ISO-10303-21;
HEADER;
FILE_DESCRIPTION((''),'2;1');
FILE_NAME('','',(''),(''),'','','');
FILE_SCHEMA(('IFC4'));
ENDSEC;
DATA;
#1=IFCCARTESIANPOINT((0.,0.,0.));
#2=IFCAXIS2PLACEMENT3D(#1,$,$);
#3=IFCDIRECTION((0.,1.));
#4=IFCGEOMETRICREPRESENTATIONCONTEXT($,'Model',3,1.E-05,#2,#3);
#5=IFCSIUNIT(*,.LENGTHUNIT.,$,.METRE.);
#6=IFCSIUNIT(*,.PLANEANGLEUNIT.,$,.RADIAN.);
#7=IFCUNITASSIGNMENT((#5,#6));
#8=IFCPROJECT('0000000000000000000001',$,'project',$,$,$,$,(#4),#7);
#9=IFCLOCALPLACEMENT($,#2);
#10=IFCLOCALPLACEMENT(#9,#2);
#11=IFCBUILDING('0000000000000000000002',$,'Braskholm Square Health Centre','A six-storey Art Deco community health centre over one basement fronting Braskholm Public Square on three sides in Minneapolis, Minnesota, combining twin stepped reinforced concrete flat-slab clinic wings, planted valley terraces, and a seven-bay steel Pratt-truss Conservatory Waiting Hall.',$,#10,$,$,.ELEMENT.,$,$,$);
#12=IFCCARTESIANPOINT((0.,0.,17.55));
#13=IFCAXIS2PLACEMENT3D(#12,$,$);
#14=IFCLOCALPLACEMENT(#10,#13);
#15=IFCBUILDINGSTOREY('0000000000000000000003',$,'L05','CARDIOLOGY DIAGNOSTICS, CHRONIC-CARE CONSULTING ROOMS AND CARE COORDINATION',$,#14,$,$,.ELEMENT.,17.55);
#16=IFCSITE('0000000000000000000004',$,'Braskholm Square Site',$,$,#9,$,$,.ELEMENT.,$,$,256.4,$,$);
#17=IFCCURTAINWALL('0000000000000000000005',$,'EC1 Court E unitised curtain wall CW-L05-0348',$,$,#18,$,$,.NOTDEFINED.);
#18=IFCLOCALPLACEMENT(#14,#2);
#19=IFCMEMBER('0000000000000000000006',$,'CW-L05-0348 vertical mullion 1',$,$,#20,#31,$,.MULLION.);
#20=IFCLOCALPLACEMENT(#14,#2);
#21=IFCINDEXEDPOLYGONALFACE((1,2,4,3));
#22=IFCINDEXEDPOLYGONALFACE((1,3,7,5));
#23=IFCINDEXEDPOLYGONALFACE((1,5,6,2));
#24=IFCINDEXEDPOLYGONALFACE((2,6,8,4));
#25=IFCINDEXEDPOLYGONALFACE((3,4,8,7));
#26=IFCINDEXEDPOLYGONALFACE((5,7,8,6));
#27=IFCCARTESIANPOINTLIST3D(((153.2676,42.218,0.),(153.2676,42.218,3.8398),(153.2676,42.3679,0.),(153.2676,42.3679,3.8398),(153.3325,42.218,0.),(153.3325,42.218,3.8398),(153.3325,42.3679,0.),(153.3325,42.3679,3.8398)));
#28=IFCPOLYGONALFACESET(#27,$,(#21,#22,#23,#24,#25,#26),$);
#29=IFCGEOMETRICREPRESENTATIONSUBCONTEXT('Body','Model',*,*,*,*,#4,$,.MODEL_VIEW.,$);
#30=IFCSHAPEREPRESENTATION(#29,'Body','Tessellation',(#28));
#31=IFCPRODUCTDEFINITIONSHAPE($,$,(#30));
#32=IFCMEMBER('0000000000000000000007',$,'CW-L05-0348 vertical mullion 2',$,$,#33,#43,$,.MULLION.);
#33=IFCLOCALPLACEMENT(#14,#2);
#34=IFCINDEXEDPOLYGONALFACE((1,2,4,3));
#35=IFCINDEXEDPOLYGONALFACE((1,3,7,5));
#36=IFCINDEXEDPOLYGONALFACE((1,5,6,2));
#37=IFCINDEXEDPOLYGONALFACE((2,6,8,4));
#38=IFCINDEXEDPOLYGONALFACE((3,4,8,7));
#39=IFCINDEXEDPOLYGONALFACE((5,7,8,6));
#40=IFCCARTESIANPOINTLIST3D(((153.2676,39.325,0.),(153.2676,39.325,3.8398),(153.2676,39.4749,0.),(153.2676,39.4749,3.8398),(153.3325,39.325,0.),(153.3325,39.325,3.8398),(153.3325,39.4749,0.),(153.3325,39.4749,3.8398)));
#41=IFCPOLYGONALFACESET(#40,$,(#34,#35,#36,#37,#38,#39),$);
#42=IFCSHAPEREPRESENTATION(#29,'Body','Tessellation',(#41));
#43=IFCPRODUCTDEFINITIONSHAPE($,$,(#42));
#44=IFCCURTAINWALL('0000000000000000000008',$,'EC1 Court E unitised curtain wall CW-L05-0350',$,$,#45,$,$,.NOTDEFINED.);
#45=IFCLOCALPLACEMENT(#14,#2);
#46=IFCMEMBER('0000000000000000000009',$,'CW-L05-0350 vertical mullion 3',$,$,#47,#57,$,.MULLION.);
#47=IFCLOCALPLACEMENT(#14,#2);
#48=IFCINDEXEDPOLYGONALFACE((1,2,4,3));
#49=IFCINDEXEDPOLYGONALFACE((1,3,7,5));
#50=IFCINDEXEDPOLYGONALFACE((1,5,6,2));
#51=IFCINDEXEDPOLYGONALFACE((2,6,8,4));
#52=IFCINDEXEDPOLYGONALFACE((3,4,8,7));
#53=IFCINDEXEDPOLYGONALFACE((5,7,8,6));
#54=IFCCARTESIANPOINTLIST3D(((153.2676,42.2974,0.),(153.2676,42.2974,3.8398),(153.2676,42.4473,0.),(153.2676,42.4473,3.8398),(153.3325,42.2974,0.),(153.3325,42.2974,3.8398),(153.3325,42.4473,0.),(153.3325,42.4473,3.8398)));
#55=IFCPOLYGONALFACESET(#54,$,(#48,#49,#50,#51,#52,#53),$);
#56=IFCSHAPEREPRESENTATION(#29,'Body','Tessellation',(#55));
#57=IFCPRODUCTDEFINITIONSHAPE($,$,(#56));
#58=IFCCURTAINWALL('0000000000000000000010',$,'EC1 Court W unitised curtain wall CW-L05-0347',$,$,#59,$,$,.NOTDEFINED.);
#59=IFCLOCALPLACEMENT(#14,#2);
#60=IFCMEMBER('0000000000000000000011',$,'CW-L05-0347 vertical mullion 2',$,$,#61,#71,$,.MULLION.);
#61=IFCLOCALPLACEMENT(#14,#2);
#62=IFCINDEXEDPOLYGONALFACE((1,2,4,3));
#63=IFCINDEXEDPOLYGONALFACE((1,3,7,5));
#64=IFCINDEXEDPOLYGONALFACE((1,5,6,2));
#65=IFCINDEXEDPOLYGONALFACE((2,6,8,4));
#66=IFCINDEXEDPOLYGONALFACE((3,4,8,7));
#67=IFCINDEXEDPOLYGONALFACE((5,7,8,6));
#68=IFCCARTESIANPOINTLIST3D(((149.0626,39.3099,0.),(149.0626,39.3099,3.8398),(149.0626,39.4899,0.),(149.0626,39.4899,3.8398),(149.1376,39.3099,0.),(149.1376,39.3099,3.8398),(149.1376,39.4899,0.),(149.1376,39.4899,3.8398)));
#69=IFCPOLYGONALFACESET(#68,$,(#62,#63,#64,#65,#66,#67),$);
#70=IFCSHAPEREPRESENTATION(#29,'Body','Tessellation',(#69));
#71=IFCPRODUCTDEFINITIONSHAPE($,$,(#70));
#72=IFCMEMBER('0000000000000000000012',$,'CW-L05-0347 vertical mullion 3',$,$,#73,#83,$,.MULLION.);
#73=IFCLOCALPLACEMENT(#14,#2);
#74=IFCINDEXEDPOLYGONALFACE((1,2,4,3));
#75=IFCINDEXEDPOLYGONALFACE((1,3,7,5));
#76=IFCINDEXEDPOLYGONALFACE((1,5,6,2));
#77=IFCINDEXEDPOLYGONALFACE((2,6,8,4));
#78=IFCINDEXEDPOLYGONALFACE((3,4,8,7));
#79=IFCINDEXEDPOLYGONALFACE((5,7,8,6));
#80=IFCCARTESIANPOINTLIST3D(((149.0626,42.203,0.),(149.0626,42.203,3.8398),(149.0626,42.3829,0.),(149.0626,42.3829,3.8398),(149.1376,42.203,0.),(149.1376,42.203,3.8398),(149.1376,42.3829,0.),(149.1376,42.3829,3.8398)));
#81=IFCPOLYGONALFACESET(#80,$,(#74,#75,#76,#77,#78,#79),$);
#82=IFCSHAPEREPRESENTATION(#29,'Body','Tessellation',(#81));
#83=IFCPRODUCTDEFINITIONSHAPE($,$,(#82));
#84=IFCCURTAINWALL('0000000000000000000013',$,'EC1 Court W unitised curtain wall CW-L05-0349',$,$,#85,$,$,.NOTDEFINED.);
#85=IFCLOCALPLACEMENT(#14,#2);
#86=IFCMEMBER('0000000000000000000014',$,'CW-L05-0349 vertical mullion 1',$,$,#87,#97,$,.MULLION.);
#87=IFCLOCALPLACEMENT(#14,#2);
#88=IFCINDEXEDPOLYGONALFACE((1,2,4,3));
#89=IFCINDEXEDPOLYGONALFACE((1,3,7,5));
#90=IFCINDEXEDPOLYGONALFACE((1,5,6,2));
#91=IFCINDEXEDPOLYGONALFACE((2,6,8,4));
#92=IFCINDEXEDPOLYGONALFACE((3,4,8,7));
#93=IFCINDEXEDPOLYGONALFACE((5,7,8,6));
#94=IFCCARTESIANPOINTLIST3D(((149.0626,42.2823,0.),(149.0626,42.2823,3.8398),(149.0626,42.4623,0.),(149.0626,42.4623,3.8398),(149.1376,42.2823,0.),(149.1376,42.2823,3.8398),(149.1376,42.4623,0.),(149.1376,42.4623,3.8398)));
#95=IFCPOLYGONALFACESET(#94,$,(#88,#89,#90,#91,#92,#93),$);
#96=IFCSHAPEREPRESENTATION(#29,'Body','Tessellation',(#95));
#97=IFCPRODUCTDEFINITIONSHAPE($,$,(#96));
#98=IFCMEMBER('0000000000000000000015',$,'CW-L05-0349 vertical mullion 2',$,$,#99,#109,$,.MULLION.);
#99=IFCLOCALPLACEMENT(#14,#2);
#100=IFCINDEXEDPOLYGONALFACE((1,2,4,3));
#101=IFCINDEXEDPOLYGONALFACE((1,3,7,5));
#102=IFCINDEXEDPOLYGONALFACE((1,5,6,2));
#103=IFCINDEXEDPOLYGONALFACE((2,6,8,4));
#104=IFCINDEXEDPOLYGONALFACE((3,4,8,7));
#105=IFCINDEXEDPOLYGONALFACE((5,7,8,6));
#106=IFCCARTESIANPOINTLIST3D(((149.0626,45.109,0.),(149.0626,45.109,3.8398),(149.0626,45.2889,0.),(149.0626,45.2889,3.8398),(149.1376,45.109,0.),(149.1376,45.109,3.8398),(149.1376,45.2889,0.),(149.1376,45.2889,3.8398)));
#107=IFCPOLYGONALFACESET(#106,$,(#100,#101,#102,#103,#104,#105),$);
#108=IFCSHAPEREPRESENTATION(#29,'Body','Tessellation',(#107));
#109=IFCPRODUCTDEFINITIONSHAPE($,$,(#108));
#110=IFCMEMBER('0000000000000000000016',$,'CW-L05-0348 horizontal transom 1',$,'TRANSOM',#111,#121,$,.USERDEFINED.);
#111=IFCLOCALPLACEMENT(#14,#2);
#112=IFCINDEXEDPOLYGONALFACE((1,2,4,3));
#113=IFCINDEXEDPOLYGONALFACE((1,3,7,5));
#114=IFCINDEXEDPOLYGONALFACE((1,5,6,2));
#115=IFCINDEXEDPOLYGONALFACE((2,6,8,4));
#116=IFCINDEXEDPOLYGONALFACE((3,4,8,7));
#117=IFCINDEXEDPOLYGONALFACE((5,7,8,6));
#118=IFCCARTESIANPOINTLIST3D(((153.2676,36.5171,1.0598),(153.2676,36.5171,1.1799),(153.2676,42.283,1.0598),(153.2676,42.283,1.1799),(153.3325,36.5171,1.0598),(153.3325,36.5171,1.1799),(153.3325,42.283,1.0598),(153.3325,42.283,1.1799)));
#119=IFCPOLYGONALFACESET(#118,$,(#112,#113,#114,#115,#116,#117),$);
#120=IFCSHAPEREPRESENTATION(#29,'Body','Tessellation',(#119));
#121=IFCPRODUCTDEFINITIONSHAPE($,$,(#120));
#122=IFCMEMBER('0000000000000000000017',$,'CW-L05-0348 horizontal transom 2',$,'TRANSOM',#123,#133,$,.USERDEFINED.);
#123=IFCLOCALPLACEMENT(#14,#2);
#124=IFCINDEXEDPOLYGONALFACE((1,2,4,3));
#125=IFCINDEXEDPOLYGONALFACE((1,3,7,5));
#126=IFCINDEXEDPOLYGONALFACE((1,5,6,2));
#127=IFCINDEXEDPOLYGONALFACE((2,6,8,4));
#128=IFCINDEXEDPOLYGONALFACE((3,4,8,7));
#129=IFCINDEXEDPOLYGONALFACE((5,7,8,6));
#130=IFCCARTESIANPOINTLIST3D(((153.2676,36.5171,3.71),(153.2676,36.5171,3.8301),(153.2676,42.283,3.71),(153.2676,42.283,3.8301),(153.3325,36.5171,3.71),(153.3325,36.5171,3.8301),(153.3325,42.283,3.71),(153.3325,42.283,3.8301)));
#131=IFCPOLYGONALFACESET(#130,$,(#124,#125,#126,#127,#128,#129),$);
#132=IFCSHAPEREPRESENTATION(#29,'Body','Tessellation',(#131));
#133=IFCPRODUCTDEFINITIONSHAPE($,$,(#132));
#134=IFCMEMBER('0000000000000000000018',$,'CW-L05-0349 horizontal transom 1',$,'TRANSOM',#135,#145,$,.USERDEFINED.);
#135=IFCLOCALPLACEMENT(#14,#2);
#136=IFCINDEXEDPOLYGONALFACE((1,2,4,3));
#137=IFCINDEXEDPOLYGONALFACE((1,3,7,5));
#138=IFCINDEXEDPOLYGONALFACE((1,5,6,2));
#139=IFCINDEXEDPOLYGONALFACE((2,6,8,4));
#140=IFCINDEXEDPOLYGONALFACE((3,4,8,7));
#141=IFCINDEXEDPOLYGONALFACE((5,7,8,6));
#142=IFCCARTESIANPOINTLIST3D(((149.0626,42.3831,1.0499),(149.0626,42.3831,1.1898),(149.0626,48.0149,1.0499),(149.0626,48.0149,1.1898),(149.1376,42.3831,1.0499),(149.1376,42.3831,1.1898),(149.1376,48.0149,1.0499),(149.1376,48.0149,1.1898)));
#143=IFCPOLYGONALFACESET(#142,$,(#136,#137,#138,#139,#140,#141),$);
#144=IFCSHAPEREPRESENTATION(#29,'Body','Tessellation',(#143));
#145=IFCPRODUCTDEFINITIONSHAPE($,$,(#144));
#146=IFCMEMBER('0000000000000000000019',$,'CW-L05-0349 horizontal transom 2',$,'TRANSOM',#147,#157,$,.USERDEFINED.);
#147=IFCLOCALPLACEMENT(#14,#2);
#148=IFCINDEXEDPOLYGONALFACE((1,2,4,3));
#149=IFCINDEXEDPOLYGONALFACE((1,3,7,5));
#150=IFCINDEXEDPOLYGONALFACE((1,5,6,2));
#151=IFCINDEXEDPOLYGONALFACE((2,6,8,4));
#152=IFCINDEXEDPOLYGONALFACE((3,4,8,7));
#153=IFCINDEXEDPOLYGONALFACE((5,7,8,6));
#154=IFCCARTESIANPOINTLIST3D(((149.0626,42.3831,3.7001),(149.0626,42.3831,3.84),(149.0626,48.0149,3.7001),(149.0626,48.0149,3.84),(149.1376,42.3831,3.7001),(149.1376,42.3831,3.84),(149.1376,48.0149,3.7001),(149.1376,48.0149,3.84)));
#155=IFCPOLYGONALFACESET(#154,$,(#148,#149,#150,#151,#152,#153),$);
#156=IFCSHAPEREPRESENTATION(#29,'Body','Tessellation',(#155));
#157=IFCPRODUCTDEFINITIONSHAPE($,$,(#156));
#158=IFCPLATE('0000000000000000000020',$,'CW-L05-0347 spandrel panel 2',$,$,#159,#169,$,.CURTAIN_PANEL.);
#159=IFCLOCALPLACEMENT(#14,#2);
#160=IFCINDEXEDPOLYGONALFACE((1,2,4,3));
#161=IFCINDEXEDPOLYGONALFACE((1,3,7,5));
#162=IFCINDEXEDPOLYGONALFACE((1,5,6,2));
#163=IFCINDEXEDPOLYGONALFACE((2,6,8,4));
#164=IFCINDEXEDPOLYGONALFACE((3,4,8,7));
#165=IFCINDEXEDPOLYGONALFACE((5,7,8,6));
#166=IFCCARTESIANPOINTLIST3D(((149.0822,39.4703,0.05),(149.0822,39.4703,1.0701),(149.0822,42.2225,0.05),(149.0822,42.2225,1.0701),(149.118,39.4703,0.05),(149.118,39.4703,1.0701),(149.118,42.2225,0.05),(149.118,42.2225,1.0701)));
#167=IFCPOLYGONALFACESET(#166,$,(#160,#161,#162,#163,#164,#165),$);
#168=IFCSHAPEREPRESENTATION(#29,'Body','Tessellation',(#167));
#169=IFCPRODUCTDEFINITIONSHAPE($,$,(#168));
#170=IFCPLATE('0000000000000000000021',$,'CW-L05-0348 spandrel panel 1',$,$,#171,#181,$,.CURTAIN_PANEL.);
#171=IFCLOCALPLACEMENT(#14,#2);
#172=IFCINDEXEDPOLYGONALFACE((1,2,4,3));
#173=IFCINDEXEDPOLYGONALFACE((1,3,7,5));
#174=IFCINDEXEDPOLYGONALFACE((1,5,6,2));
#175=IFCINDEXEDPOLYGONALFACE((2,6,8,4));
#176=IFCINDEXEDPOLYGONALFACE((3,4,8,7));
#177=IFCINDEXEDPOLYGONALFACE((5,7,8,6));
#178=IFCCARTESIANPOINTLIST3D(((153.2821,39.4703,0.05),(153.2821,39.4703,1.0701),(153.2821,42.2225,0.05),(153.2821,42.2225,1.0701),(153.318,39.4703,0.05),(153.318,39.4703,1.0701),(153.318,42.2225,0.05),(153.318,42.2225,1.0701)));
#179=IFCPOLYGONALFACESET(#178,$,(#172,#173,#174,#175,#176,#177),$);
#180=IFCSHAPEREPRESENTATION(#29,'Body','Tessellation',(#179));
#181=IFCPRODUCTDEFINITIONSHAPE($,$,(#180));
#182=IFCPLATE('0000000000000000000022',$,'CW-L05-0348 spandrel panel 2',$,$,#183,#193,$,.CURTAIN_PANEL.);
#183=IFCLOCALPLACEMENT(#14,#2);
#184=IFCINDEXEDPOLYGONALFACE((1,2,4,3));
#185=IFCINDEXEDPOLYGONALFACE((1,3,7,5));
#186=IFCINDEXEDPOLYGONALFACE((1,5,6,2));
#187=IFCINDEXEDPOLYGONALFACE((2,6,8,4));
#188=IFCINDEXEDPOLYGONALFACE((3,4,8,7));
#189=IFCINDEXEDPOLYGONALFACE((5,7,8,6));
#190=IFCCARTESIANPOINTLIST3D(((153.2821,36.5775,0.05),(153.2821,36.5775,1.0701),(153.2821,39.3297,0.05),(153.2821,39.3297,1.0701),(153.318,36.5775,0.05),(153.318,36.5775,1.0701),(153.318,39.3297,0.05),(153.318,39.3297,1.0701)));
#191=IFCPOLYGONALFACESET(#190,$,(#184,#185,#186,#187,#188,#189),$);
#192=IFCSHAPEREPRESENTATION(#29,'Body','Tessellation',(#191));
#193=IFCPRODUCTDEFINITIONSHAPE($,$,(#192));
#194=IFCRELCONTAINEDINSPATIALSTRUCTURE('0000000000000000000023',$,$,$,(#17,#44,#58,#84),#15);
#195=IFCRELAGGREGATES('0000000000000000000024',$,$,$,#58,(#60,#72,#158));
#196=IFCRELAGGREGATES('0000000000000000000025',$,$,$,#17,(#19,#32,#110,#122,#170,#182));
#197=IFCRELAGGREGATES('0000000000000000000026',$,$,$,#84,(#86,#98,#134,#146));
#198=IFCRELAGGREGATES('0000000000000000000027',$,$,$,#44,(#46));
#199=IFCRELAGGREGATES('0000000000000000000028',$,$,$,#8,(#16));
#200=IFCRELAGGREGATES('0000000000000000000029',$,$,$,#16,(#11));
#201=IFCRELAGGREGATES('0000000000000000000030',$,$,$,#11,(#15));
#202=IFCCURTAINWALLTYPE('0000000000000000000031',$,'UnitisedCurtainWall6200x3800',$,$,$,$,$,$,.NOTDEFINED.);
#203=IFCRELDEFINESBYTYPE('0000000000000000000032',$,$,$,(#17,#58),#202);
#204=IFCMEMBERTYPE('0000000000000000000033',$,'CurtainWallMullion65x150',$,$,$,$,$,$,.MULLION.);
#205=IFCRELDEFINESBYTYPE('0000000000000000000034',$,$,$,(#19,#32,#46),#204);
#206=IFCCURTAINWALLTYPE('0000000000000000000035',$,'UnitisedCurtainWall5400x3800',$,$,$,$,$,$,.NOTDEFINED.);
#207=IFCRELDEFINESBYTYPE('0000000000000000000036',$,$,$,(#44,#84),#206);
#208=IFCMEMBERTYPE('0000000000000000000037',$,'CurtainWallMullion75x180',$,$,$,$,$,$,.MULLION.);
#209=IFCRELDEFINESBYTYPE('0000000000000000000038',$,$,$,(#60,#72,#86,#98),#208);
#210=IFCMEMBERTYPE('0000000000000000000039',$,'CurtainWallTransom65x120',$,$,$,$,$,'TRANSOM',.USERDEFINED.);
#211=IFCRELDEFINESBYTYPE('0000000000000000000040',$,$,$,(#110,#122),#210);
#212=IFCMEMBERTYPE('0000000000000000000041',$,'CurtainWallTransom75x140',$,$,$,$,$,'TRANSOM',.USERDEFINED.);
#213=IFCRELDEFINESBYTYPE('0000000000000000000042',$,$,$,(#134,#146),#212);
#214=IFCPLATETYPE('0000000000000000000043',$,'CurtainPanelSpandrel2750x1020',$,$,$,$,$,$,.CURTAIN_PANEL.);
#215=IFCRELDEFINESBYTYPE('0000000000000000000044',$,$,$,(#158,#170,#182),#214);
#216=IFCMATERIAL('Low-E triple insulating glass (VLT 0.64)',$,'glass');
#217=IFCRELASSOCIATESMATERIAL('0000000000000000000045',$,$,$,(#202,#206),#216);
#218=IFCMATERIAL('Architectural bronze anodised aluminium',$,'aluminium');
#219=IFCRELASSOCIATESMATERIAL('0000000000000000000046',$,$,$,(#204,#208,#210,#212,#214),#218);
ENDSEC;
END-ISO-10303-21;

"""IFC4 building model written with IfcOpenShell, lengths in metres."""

from ifc_helpers import new_model, si_unit, direction, frame, origin, origin_2d, place, context, subcontext, project, spatial, rectangle, extrude, material, material_profile, profile_set, type_object, element, aggregate, save


model = new_model("IFC4")

# Units and contexts
model_context = context("Model", 3, precision=1e-05, world=origin(), true_north=direction((0.0, 1.0)))
body_context = subcontext(model_context, "Body", "Model", "MODEL_VIEW")
ifc_project = project(units=[si_unit("LENGTHUNIT", "METRE"), si_unit("PLANEANGLEUNIT", "RADIAN")], contexts=[model_context])

# Site, building, storey
site_placement = place(None, origin())
site = spatial("IfcSite", under=ifc_project, at=site_placement, Name="Braskholm Square Site", CompositionType="ELEMENT", RefElevation=256.4)
building_placement = place(site_placement, origin())
building = spatial("IfcBuilding", under=site, at=building_placement, Name="Braskholm Square Health Centre", Description="A six-storey Art Deco community health centre over one basement fronting Braskholm Public Square on three sides in Minneapolis, Minnesota, combining twin stepped reinforced concrete flat-slab clinic wings, planted valley terraces, and a seven-bay steel Pratt-truss Conservatory Waiting Hall.", CompositionType="ELEMENT")
storey_placement = place(building_placement, frame((0.0, 0.0, 17.55)))
storey = spatial("IfcBuildingStorey", under=building, at=storey_placement, Name="L05", Description="CARDIOLOGY DIAGNOSTICS, CHRONIC-CARE CONSULTING ROOMS AND CARE COORDINATION", CompositionType="ELEMENT", Elevation=17.55)

# Curtain wall, members
ifc_material_1 = material(Name="Low-E triple insulating glass (VLT 0.64)", Category="glass")
curtain_wall_type_1 = type_object("IfcCurtainWallType", Name="UnitisedCurtainWall6200x3800", PredefinedType="NOTDEFINED", material=ifc_material_1)
curtain_wall_1_placement = place(storey_placement, origin())
curtain_wall_1 = element("IfcCurtainWall", 1, at=curtain_wall_1_placement, inside=storey, type_object=curtain_wall_type_1, Name="EC1 Court E unitised curtain wall CW-L05-0348", PredefinedType="NOTDEFINED")
ifc_material_2 = material(Name="Architectural bronze anodised aluminium", Category="aluminium")
ifc_material_profile_1 = material_profile(ifc_material_2, rectangle(XDim=0.0649, YDim=0.1499, at=origin_2d()), Name="ALU-65X150")
ifc_profile_set_1 = profile_set([ifc_material_profile_1], Name="Architectural bronze anodised aluminium")
member_type_1 = type_object("IfcMemberType", Name="CurtainWallMullion65x150", PredefinedType="MULLION", material=ifc_profile_set_1)
member_1_placement = place(storey_placement, frame((153.3, 42.293, 0.0), z_axis=(0.0, 0.0, 1.0), x_axis=(1.0, 0.0, 0.0)))
member_1 = element("IfcMember", 2, at=member_1_placement, type_object=member_type_1, Name="CW-L05-0348 vertical mullion 1", PredefinedType="MULLION", context=body_context, shape_type="SweptSolid", body=[
    extrude(rectangle(XDim=0.0649, YDim=0.1499, at=origin_2d()), origin(), (0.0, 0.0, 1.0), 3.8398),
])
member_2_placement = place(storey_placement, frame((153.3, 39.3999, 0.0), z_axis=(0.0, 0.0, 1.0), x_axis=(1.0, 0.0, 0.0)))
member_2 = element("IfcMember", 3, at=member_2_placement, type_object=member_type_1, Name="CW-L05-0348 vertical mullion 2", PredefinedType="MULLION", context=body_context, shape_type="SweptSolid", body=[
    extrude(rectangle(XDim=0.0649, YDim=0.1499, at=origin_2d()), origin(), (0.0, 0.0, 1.0), 3.8398),
])

# Curtain wall, member
curtain_wall_type_2 = type_object("IfcCurtainWallType", Name="UnitisedCurtainWall5400x3800", PredefinedType="NOTDEFINED", material=ifc_material_1)
curtain_wall_2_placement = place(storey_placement, origin())
curtain_wall_2 = element("IfcCurtainWall", 4, at=curtain_wall_2_placement, inside=storey, type_object=curtain_wall_type_2, Name="EC1 Court E unitised curtain wall CW-L05-0350", PredefinedType="NOTDEFINED")
member_3_placement = place(storey_placement, frame((153.3, 42.3723, 0.0), z_axis=(0.0, 0.0, 1.0), x_axis=(1.0, 0.0, 0.0)))
member_3 = element("IfcMember", 5, at=member_3_placement, type_object=member_type_1, Name="CW-L05-0350 vertical mullion 3", PredefinedType="MULLION", context=body_context, shape_type="SweptSolid", body=[
    extrude(rectangle(XDim=0.0649, YDim=0.1499, at=origin_2d()), origin(), (0.0, 0.0, 1.0), 3.8398),
])

# Curtain walls, members
curtain_wall_3_placement = place(storey_placement, origin())
curtain_wall_3 = element("IfcCurtainWall", 6, at=curtain_wall_3_placement, inside=storey, type_object=curtain_wall_type_1, Name="EC1 Court W unitised curtain wall CW-L05-0347", PredefinedType="NOTDEFINED")
ifc_material_profile_2 = material_profile(ifc_material_2, rectangle(XDim=0.075, YDim=0.1799, at=origin_2d()), Name="ALU-75X180")
ifc_profile_set_2 = profile_set([ifc_material_profile_2], Name="Architectural bronze anodised aluminium")
member_type_2 = type_object("IfcMemberType", Name="CurtainWallMullion75x180", PredefinedType="MULLION", material=ifc_profile_set_2)
member_4_placement = place(storey_placement, frame((149.1001, 39.3999, 0.0), z_axis=(0.0, 0.0, 1.0), x_axis=(1.0, 0.0, 0.0)))
member_4 = element("IfcMember", 7, at=member_4_placement, type_object=member_type_2, Name="CW-L05-0347 vertical mullion 2", PredefinedType="MULLION", context=body_context, shape_type="SweptSolid", body=[
    extrude(rectangle(XDim=0.075, YDim=0.1799, at=origin_2d()), origin(), (0.0, 0.0, 1.0), 3.8398),
])
member_5_placement = place(storey_placement, frame((149.1001, 42.293, 0.0), z_axis=(0.0, 0.0, 1.0), x_axis=(1.0, 0.0, 0.0)))
member_5 = element("IfcMember", 8, at=member_5_placement, type_object=member_type_2, Name="CW-L05-0347 vertical mullion 3", PredefinedType="MULLION", context=body_context, shape_type="SweptSolid", body=[
    extrude(rectangle(XDim=0.075, YDim=0.1799, at=origin_2d()), origin(), (0.0, 0.0, 1.0), 3.8398),
])
curtain_wall_4_placement = place(storey_placement, origin())
curtain_wall_4 = element("IfcCurtainWall", 9, at=curtain_wall_4_placement, inside=storey, type_object=curtain_wall_type_2, Name="EC1 Court W unitised curtain wall CW-L05-0349", PredefinedType="NOTDEFINED")
member_6_placement = place(storey_placement, frame((149.1001, 42.3723, 0.0), z_axis=(0.0, 0.0, 1.0), x_axis=(1.0, 0.0, 0.0)))
member_6 = element("IfcMember", 10, at=member_6_placement, type_object=member_type_2, Name="CW-L05-0349 vertical mullion 1", PredefinedType="MULLION", context=body_context, shape_type="SweptSolid", body=[
    extrude(rectangle(XDim=0.075, YDim=0.1799, at=origin_2d()), origin(), (0.0, 0.0, 1.0), 3.8398),
])
member_7_placement = place(storey_placement, frame((149.1001, 45.199, 0.0), z_axis=(0.0, 0.0, 1.0), x_axis=(1.0, 0.0, 0.0)))
member_7 = element("IfcMember", 11, at=member_7_placement, type_object=member_type_2, Name="CW-L05-0349 vertical mullion 2", PredefinedType="MULLION", context=body_context, shape_type="SweptSolid", body=[
    extrude(rectangle(XDim=0.075, YDim=0.1799, at=origin_2d()), origin(), (0.0, 0.0, 1.0), 3.8398),
])

# Members
ifc_material_profile_3 = material_profile(ifc_material_2, rectangle(XDim=0.0649, YDim=0.1201, at=origin_2d()), Name="ALU-65X120")
ifc_profile_set_3 = profile_set([ifc_material_profile_3], Name="Architectural bronze anodised aluminium")
member_type_3 = type_object("IfcMemberType", Name="CurtainWallTransom65x120", ElementType="TRANSOM", PredefinedType="USERDEFINED", material=ifc_profile_set_3)
member_8_placement = place(storey_placement, frame((153.3, 42.283, 1.1199), z_axis=(0.0, -1.0, 0.0), x_axis=(1.0, 0.0, 0.0)))
member_8 = element("IfcMember", 12, at=member_8_placement, type_object=member_type_3, Name="CW-L05-0348 horizontal transom 1", ObjectType="TRANSOM", PredefinedType="USERDEFINED", context=body_context, shape_type="SweptSolid", body=[
    extrude(rectangle(XDim=0.0649, YDim=0.1201, at=origin_2d()), origin(), (0.0, 0.0, 1.0), 5.7659),
])
member_9_placement = place(storey_placement, frame((153.3, 42.283, 3.77), z_axis=(0.0, -1.0, 0.0), x_axis=(1.0, 0.0, 0.0)))
member_9 = element("IfcMember", 13, at=member_9_placement, type_object=member_type_3, Name="CW-L05-0348 horizontal transom 2", ObjectType="TRANSOM", PredefinedType="USERDEFINED", context=body_context, shape_type="SweptSolid", body=[
    extrude(rectangle(XDim=0.0649, YDim=0.1201, at=origin_2d()), origin(), (0.0, 0.0, 1.0), 5.7659),
])
ifc_material_profile_4 = material_profile(ifc_material_2, rectangle(XDim=0.075, YDim=0.1399, at=origin_2d()), Name="ALU-75X140")
ifc_profile_set_4 = profile_set([ifc_material_profile_4], Name="Architectural bronze anodised aluminium")
member_type_4 = type_object("IfcMemberType", Name="CurtainWallTransom75x140", ElementType="TRANSOM", PredefinedType="USERDEFINED", material=ifc_profile_set_4)
member_10_placement = place(storey_placement, frame((149.1001, 42.3831, 1.1199), z_axis=(0.0, 1.0, 0.0), x_axis=(-1.0, 0.0, 0.0)))
member_10 = element("IfcMember", 14, at=member_10_placement, type_object=member_type_4, Name="CW-L05-0349 horizontal transom 1", ObjectType="TRANSOM", PredefinedType="USERDEFINED", context=body_context, shape_type="SweptSolid", body=[
    extrude(rectangle(XDim=0.075, YDim=0.1399, at=origin_2d()), origin(), (0.0, 0.0, 1.0), 5.6318),
])
member_11_placement = place(storey_placement, frame((149.1001, 42.3831, 3.77), z_axis=(0.0, 1.0, 0.0), x_axis=(-1.0, 0.0, 0.0)))
member_11 = element("IfcMember", 15, at=member_11_placement, type_object=member_type_4, Name="CW-L05-0349 horizontal transom 2", ObjectType="TRANSOM", PredefinedType="USERDEFINED", context=body_context, shape_type="SweptSolid", body=[
    extrude(rectangle(XDim=0.075, YDim=0.1399, at=origin_2d()), origin(), (0.0, 0.0, 1.0), 5.6318),
])

# Plates
plate_type_1 = type_object("IfcPlateType", Name="CurtainPanelSpandrel2750x1020", PredefinedType="CURTAIN_PANEL", material=ifc_material_2)
plate_1_placement = place(storey_placement, frame((149.1001, 40.8464, 0.05), z_axis=(0.0, 0.0, 1.0), x_axis=(0.0, 1.0, 0.0)))
plate_1 = element("IfcPlate", 16, at=plate_1_placement, type_object=plate_type_1, Name="CW-L05-0347 spandrel panel 2", PredefinedType="CURTAIN_PANEL", context=body_context, shape_type="SweptSolid", body=[
    extrude(rectangle(XDim=2.7522, YDim=0.0359, at=origin_2d()), origin(), (0.0, 0.0, 1.0), 1.02),
])
plate_2_placement = place(storey_placement, frame((153.3, 40.8464, 0.05), z_axis=(0.0, 0.0, 1.0), x_axis=(0.0, -1.0, 0.0)))
plate_2 = element("IfcPlate", 17, at=plate_2_placement, type_object=plate_type_1, Name="CW-L05-0348 spandrel panel 1", PredefinedType="CURTAIN_PANEL", context=body_context, shape_type="SweptSolid", body=[
    extrude(rectangle(XDim=2.7522, YDim=0.0359, at=origin_2d()), origin(), (0.0, 0.0, 1.0), 1.02),
])
plate_3_placement = place(storey_placement, frame((153.3, 37.9536, 0.05), z_axis=(0.0, 0.0, 1.0), x_axis=(0.0, -1.0, 0.0)))
plate_3 = element("IfcPlate", 18, at=plate_3_placement, type_object=plate_type_1, Name="CW-L05-0348 spandrel panel 2", PredefinedType="CURTAIN_PANEL", context=body_context, shape_type="SweptSolid", body=[
    extrude(rectangle(XDim=2.7522, YDim=0.0359, at=origin_2d()), origin(), (0.0, 0.0, 1.0), 1.02),
])
aggregate(curtain_wall_3, [member_4, member_5, plate_1])
aggregate(curtain_wall_1, [member_1, member_2, member_8, member_9, plate_2, plate_3])
aggregate(curtain_wall_4, [member_6, member_7, member_10, member_11])
aggregate(curtain_wall_2, [member_3])

save(model, "model.ifc")
